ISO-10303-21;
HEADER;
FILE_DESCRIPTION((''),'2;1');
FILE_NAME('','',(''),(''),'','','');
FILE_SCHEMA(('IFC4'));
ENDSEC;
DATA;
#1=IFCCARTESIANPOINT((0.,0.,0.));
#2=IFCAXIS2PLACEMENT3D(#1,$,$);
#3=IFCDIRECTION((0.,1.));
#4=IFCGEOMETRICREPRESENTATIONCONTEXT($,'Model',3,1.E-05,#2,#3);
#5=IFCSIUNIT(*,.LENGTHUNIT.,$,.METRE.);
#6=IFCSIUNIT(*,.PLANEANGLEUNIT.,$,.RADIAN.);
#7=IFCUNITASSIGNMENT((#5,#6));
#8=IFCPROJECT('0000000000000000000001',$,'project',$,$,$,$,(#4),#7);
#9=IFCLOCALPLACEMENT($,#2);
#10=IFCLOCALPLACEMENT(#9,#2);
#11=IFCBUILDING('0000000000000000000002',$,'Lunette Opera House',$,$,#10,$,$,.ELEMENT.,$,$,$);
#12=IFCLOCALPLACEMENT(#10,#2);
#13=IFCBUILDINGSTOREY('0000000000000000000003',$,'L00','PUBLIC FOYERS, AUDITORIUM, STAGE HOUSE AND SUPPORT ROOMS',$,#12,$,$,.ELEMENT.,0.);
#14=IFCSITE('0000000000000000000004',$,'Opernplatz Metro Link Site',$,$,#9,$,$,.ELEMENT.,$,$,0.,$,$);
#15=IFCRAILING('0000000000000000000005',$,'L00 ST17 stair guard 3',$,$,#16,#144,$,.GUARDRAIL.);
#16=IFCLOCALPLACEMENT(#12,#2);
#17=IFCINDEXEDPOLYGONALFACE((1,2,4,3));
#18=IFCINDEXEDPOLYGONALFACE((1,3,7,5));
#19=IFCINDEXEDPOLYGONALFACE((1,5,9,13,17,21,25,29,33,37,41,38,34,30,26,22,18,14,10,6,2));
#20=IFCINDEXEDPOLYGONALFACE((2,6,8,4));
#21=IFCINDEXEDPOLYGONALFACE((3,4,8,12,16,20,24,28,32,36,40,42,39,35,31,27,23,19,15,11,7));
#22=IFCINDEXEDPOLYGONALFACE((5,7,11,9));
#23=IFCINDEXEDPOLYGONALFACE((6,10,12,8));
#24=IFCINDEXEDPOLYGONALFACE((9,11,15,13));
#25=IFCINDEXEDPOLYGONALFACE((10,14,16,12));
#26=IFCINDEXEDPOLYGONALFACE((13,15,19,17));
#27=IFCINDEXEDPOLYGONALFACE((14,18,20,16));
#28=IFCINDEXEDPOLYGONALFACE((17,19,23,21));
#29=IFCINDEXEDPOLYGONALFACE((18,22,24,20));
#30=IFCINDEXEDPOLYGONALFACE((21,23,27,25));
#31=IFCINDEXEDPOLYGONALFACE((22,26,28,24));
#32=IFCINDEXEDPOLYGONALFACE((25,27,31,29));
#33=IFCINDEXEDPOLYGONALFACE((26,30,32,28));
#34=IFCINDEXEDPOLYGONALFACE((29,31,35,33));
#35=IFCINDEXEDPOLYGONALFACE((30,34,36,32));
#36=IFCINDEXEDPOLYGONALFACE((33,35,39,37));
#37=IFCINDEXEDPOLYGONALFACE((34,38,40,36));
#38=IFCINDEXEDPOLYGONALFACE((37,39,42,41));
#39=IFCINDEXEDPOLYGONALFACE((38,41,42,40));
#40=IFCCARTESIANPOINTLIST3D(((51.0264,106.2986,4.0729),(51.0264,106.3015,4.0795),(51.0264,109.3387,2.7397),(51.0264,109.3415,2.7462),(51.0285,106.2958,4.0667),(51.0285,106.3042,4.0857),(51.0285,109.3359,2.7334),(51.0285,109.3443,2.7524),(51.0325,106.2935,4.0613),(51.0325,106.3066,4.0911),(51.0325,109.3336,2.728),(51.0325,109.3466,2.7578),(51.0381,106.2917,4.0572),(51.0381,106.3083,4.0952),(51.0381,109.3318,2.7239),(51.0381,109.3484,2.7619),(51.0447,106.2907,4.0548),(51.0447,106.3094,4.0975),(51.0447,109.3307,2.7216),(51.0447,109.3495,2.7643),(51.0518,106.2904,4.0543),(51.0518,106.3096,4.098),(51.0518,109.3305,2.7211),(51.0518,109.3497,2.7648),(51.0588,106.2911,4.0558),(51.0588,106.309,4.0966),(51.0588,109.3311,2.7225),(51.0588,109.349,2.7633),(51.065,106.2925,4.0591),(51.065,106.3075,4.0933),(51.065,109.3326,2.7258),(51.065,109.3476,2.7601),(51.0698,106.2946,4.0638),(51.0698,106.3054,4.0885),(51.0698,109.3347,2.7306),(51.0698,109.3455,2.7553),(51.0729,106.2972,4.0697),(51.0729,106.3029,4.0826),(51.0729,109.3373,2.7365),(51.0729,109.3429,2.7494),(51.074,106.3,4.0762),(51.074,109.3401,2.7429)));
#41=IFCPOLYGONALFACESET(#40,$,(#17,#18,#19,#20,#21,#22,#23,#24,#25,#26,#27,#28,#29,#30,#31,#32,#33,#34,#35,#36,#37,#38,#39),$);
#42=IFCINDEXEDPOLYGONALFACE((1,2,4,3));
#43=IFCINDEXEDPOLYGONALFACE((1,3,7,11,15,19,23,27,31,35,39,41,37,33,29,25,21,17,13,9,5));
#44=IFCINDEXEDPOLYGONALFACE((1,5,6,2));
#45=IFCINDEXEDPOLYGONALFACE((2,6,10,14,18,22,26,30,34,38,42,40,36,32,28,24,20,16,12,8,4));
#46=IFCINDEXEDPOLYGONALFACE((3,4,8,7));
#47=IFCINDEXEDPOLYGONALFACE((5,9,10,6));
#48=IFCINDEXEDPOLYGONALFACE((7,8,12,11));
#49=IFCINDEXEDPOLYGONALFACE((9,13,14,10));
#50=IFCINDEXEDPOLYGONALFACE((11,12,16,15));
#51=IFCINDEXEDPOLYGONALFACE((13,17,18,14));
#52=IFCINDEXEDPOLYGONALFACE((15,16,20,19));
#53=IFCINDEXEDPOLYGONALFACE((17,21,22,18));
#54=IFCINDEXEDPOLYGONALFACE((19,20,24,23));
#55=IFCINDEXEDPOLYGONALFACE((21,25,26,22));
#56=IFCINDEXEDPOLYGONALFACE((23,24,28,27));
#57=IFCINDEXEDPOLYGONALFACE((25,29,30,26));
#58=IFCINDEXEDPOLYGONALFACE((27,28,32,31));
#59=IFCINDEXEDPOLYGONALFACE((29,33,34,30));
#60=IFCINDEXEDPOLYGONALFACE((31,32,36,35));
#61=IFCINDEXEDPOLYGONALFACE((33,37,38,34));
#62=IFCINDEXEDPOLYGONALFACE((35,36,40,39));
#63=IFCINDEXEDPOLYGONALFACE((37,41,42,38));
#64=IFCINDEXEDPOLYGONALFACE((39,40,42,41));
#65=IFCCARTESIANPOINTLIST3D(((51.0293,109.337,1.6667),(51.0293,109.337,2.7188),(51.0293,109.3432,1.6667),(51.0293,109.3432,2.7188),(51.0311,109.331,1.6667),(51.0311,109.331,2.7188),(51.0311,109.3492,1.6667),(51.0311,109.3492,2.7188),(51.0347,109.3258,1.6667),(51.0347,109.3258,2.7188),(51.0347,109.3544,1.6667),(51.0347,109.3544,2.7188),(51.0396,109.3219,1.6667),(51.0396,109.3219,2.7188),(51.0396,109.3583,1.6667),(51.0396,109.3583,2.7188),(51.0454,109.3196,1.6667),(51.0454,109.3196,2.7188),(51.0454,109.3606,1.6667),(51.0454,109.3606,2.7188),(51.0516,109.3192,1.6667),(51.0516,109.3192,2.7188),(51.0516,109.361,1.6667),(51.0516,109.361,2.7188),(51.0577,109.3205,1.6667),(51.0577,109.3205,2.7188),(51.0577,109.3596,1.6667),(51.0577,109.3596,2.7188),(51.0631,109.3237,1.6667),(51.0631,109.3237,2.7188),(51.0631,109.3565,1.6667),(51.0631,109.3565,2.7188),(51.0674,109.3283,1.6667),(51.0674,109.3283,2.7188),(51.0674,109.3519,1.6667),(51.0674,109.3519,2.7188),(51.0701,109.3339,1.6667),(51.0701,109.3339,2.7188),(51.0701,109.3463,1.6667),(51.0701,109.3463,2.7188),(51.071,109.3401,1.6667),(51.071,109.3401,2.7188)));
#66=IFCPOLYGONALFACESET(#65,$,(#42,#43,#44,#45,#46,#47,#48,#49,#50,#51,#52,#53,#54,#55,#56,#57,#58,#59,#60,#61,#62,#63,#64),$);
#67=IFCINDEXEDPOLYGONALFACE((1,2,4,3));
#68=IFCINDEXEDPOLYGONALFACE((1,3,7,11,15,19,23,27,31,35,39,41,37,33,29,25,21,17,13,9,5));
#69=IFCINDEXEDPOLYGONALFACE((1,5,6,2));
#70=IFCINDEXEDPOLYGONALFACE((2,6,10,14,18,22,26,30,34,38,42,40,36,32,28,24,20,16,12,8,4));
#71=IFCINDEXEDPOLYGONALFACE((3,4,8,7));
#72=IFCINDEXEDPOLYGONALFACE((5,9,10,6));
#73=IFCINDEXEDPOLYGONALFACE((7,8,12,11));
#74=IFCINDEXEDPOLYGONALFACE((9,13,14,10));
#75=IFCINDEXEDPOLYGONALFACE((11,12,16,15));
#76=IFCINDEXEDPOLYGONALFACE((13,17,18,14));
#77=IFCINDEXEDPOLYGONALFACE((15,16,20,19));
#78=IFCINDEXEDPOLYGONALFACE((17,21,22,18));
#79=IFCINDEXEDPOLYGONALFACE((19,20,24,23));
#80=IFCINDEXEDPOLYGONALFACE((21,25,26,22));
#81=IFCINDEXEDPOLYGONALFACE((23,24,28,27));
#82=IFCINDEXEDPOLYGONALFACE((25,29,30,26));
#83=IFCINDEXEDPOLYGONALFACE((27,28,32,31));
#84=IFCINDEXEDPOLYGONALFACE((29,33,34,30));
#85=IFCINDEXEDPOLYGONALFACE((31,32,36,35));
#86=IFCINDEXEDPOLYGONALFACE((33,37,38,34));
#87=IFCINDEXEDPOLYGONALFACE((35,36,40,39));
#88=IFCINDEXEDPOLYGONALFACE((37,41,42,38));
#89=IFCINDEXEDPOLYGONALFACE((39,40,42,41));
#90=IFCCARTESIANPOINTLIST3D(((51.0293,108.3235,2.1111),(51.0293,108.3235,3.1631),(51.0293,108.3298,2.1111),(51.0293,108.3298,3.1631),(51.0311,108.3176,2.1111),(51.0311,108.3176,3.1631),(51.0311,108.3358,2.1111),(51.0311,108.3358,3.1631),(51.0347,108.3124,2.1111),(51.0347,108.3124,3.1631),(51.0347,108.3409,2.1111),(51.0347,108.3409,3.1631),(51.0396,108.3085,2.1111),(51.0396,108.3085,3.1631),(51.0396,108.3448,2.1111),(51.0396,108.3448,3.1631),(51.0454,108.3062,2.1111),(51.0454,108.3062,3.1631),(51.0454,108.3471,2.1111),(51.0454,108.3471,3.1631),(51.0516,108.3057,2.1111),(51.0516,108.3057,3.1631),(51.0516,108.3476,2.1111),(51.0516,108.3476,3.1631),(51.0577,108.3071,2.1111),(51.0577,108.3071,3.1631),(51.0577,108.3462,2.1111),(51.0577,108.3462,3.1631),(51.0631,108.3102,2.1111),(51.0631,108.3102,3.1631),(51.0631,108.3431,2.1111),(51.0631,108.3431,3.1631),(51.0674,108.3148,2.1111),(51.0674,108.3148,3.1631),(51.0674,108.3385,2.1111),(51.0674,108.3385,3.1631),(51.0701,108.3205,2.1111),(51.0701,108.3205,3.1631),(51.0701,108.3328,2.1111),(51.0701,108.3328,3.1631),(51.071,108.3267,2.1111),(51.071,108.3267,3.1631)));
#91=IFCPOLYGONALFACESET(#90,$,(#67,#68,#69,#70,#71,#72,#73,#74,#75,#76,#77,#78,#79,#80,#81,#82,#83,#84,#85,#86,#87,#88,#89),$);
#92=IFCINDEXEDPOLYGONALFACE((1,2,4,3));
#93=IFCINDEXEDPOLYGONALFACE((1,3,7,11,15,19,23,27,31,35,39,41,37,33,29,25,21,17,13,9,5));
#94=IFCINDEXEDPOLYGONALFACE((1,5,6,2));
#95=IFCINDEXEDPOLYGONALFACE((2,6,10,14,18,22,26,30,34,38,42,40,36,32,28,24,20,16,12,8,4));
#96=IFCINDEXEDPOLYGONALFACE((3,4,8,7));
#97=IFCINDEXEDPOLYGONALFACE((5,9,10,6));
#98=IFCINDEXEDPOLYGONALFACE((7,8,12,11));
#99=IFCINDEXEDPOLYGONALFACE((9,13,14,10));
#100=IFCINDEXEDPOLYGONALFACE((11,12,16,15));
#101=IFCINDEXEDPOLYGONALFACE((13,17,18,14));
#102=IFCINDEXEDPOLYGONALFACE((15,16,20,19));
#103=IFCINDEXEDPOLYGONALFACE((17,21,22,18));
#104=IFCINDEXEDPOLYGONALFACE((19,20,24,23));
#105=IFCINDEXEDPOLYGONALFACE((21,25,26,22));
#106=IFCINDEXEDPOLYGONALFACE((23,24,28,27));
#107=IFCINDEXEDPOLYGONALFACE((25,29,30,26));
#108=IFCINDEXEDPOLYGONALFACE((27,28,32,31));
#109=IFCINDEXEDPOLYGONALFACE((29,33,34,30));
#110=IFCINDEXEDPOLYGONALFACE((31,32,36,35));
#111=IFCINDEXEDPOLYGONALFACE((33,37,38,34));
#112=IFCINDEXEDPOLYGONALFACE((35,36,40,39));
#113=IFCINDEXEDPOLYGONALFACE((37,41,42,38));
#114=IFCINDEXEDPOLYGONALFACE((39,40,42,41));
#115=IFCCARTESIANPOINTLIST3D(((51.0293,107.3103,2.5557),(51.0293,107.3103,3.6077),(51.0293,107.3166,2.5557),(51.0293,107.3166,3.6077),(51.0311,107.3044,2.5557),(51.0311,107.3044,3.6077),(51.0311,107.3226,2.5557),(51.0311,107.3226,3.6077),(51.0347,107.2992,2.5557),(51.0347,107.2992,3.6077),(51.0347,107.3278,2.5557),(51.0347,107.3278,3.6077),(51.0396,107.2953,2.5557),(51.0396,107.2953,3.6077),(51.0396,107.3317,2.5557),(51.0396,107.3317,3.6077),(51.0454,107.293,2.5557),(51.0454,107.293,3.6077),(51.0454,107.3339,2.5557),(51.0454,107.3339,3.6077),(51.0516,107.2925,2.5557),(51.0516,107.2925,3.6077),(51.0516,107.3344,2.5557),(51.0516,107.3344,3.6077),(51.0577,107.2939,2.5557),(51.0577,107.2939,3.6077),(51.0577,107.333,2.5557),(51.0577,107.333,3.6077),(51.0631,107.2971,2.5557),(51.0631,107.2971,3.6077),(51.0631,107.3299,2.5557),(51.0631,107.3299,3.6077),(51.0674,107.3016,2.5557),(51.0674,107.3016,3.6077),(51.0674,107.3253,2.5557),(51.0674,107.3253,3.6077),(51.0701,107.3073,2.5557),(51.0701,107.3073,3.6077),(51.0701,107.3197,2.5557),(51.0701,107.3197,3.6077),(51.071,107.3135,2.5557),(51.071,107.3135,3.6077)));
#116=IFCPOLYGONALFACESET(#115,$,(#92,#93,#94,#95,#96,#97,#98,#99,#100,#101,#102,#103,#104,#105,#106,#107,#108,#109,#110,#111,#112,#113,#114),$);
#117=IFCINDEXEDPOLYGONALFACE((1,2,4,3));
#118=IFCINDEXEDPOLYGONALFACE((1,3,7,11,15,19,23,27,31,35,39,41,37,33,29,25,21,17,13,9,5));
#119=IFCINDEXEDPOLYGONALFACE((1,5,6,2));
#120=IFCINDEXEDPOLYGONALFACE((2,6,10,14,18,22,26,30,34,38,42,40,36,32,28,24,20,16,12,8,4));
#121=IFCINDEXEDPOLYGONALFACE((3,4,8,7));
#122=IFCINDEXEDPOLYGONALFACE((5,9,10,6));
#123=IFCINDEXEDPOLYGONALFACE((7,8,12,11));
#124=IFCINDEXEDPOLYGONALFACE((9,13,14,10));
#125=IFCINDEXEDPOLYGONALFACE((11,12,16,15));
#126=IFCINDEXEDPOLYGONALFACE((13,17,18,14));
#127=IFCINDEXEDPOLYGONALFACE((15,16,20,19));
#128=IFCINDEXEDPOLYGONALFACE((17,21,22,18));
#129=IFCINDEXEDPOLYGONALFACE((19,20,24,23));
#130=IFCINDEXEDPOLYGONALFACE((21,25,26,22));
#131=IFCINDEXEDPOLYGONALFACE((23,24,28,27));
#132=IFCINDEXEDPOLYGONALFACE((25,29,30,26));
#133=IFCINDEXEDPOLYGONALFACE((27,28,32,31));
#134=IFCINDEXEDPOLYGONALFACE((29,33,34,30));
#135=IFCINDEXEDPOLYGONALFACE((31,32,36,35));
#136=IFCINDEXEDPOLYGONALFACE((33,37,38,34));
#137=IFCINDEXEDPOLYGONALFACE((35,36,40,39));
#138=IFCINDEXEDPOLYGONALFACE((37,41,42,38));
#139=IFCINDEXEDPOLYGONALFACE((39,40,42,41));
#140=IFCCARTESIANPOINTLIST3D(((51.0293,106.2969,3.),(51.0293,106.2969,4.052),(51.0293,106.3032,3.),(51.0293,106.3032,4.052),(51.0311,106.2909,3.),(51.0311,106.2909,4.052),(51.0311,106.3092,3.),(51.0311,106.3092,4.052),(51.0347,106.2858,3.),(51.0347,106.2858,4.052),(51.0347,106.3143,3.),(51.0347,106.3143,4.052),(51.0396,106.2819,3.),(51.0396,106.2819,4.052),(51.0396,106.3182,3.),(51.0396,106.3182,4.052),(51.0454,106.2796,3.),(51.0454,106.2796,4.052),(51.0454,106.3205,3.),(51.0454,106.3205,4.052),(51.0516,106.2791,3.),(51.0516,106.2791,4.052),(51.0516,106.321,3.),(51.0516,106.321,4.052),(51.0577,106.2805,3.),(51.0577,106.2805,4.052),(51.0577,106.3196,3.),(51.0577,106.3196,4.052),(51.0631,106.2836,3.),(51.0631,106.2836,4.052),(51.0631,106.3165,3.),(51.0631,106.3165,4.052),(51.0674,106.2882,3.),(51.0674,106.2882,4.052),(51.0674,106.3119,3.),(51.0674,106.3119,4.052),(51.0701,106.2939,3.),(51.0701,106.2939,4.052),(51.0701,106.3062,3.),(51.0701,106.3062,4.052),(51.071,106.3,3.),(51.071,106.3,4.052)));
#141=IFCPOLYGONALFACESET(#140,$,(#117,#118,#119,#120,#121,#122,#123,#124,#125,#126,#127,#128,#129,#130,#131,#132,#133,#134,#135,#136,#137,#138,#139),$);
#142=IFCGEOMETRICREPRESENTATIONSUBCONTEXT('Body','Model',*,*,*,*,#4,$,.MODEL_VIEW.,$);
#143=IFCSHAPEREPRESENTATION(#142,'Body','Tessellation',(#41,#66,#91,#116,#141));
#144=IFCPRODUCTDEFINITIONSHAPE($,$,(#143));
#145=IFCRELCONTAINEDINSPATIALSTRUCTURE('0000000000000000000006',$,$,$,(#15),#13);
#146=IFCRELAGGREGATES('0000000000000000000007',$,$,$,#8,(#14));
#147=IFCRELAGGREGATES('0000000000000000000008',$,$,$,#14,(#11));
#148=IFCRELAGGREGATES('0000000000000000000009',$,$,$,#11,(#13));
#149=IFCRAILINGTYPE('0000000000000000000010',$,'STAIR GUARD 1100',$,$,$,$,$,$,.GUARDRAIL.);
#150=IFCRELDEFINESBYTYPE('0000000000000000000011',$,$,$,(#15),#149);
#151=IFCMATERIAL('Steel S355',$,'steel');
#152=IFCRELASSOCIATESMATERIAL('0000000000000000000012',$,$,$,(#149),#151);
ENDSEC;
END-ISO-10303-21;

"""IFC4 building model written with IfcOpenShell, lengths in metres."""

from ifc_helpers import new_model, si_unit, direction, frame, origin, origin_2d, place, context, subcontext, project, spatial, circle, extrude, material, type_object, element, save


model = new_model("IFC4")

# Units and contexts
model_context = context("Model", 3, precision=1e-05, world=origin(), true_north=direction((0.0, 1.0)))
body_context = subcontext(model_context, "Body", "Model", "MODEL_VIEW")
ifc_project = project(units=[si_unit("LENGTHUNIT", "METRE"), si_unit("PLANEANGLEUNIT", "RADIAN")], contexts=[model_context])

# Site, building, storey
site_placement = place(None, origin())
site = spatial("IfcSite", under=ifc_project, at=site_placement, Name="Opernplatz Metro Link Site", CompositionType="ELEMENT", RefElevation=0.0)
building_placement = place(site_placement, origin())
building = spatial("IfcBuilding", under=site, at=building_placement, Name="Lunette Opera House", CompositionType="ELEMENT")
storey_placement = place(building_placement, origin())
storey = spatial("IfcBuildingStorey", under=building, at=storey_placement, Name="L00", Description="PUBLIC FOYERS, AUDITORIUM, STAGE HOUSE AND SUPPORT ROOMS", CompositionType="ELEMENT", Elevation=0.0)

# Railing
ifc_material_1 = material(Name="Steel S355", Category="steel")
railing_type_1 = type_object("IfcRailingType", Name="STAIR GUARD 1100", PredefinedType="GUARDRAIL", material=ifc_material_1)
railing_1_placement = place(storey_placement, frame((51.05, 109.3401, 1.6667)))
element("IfcRailing", 1, at=railing_1_placement, inside=storey, type_object=railing_type_1, Name="L00 ST17 stair guard 3", PredefinedType="GUARDRAIL", context=body_context, shape_type="SweptSolid", body=[
    extrude(circle(Radius=0.0239, at=origin_2d()), frame((0.0, 0.0, 1.0762), z_axis=(0.0, -0.915799, 0.401637), x_axis=(1.0, 0.0, 0.0)), (0.0, 0.0, 1.0), 3.3196),
    extrude(circle(Radius=0.021, at=origin_2d()), origin(), (0.0, 0.0, 1.0), 1.052),
    extrude(circle(Radius=0.021, at=origin_2d()), frame((0.0, -1.0134, 0.4443)), (0.0, 0.0, 1.0), 1.052),
    extrude(circle(Radius=0.021, at=origin_2d()), frame((0.0, -2.0266, 0.8889)), (0.0, 0.0, 1.0), 1.052),
    extrude(circle(Radius=0.021, at=origin_2d()), frame((0.0, -3.04, 1.3333)), (0.0, 0.0, 1.0), 1.052),
])

save(model, "model.ifc")
